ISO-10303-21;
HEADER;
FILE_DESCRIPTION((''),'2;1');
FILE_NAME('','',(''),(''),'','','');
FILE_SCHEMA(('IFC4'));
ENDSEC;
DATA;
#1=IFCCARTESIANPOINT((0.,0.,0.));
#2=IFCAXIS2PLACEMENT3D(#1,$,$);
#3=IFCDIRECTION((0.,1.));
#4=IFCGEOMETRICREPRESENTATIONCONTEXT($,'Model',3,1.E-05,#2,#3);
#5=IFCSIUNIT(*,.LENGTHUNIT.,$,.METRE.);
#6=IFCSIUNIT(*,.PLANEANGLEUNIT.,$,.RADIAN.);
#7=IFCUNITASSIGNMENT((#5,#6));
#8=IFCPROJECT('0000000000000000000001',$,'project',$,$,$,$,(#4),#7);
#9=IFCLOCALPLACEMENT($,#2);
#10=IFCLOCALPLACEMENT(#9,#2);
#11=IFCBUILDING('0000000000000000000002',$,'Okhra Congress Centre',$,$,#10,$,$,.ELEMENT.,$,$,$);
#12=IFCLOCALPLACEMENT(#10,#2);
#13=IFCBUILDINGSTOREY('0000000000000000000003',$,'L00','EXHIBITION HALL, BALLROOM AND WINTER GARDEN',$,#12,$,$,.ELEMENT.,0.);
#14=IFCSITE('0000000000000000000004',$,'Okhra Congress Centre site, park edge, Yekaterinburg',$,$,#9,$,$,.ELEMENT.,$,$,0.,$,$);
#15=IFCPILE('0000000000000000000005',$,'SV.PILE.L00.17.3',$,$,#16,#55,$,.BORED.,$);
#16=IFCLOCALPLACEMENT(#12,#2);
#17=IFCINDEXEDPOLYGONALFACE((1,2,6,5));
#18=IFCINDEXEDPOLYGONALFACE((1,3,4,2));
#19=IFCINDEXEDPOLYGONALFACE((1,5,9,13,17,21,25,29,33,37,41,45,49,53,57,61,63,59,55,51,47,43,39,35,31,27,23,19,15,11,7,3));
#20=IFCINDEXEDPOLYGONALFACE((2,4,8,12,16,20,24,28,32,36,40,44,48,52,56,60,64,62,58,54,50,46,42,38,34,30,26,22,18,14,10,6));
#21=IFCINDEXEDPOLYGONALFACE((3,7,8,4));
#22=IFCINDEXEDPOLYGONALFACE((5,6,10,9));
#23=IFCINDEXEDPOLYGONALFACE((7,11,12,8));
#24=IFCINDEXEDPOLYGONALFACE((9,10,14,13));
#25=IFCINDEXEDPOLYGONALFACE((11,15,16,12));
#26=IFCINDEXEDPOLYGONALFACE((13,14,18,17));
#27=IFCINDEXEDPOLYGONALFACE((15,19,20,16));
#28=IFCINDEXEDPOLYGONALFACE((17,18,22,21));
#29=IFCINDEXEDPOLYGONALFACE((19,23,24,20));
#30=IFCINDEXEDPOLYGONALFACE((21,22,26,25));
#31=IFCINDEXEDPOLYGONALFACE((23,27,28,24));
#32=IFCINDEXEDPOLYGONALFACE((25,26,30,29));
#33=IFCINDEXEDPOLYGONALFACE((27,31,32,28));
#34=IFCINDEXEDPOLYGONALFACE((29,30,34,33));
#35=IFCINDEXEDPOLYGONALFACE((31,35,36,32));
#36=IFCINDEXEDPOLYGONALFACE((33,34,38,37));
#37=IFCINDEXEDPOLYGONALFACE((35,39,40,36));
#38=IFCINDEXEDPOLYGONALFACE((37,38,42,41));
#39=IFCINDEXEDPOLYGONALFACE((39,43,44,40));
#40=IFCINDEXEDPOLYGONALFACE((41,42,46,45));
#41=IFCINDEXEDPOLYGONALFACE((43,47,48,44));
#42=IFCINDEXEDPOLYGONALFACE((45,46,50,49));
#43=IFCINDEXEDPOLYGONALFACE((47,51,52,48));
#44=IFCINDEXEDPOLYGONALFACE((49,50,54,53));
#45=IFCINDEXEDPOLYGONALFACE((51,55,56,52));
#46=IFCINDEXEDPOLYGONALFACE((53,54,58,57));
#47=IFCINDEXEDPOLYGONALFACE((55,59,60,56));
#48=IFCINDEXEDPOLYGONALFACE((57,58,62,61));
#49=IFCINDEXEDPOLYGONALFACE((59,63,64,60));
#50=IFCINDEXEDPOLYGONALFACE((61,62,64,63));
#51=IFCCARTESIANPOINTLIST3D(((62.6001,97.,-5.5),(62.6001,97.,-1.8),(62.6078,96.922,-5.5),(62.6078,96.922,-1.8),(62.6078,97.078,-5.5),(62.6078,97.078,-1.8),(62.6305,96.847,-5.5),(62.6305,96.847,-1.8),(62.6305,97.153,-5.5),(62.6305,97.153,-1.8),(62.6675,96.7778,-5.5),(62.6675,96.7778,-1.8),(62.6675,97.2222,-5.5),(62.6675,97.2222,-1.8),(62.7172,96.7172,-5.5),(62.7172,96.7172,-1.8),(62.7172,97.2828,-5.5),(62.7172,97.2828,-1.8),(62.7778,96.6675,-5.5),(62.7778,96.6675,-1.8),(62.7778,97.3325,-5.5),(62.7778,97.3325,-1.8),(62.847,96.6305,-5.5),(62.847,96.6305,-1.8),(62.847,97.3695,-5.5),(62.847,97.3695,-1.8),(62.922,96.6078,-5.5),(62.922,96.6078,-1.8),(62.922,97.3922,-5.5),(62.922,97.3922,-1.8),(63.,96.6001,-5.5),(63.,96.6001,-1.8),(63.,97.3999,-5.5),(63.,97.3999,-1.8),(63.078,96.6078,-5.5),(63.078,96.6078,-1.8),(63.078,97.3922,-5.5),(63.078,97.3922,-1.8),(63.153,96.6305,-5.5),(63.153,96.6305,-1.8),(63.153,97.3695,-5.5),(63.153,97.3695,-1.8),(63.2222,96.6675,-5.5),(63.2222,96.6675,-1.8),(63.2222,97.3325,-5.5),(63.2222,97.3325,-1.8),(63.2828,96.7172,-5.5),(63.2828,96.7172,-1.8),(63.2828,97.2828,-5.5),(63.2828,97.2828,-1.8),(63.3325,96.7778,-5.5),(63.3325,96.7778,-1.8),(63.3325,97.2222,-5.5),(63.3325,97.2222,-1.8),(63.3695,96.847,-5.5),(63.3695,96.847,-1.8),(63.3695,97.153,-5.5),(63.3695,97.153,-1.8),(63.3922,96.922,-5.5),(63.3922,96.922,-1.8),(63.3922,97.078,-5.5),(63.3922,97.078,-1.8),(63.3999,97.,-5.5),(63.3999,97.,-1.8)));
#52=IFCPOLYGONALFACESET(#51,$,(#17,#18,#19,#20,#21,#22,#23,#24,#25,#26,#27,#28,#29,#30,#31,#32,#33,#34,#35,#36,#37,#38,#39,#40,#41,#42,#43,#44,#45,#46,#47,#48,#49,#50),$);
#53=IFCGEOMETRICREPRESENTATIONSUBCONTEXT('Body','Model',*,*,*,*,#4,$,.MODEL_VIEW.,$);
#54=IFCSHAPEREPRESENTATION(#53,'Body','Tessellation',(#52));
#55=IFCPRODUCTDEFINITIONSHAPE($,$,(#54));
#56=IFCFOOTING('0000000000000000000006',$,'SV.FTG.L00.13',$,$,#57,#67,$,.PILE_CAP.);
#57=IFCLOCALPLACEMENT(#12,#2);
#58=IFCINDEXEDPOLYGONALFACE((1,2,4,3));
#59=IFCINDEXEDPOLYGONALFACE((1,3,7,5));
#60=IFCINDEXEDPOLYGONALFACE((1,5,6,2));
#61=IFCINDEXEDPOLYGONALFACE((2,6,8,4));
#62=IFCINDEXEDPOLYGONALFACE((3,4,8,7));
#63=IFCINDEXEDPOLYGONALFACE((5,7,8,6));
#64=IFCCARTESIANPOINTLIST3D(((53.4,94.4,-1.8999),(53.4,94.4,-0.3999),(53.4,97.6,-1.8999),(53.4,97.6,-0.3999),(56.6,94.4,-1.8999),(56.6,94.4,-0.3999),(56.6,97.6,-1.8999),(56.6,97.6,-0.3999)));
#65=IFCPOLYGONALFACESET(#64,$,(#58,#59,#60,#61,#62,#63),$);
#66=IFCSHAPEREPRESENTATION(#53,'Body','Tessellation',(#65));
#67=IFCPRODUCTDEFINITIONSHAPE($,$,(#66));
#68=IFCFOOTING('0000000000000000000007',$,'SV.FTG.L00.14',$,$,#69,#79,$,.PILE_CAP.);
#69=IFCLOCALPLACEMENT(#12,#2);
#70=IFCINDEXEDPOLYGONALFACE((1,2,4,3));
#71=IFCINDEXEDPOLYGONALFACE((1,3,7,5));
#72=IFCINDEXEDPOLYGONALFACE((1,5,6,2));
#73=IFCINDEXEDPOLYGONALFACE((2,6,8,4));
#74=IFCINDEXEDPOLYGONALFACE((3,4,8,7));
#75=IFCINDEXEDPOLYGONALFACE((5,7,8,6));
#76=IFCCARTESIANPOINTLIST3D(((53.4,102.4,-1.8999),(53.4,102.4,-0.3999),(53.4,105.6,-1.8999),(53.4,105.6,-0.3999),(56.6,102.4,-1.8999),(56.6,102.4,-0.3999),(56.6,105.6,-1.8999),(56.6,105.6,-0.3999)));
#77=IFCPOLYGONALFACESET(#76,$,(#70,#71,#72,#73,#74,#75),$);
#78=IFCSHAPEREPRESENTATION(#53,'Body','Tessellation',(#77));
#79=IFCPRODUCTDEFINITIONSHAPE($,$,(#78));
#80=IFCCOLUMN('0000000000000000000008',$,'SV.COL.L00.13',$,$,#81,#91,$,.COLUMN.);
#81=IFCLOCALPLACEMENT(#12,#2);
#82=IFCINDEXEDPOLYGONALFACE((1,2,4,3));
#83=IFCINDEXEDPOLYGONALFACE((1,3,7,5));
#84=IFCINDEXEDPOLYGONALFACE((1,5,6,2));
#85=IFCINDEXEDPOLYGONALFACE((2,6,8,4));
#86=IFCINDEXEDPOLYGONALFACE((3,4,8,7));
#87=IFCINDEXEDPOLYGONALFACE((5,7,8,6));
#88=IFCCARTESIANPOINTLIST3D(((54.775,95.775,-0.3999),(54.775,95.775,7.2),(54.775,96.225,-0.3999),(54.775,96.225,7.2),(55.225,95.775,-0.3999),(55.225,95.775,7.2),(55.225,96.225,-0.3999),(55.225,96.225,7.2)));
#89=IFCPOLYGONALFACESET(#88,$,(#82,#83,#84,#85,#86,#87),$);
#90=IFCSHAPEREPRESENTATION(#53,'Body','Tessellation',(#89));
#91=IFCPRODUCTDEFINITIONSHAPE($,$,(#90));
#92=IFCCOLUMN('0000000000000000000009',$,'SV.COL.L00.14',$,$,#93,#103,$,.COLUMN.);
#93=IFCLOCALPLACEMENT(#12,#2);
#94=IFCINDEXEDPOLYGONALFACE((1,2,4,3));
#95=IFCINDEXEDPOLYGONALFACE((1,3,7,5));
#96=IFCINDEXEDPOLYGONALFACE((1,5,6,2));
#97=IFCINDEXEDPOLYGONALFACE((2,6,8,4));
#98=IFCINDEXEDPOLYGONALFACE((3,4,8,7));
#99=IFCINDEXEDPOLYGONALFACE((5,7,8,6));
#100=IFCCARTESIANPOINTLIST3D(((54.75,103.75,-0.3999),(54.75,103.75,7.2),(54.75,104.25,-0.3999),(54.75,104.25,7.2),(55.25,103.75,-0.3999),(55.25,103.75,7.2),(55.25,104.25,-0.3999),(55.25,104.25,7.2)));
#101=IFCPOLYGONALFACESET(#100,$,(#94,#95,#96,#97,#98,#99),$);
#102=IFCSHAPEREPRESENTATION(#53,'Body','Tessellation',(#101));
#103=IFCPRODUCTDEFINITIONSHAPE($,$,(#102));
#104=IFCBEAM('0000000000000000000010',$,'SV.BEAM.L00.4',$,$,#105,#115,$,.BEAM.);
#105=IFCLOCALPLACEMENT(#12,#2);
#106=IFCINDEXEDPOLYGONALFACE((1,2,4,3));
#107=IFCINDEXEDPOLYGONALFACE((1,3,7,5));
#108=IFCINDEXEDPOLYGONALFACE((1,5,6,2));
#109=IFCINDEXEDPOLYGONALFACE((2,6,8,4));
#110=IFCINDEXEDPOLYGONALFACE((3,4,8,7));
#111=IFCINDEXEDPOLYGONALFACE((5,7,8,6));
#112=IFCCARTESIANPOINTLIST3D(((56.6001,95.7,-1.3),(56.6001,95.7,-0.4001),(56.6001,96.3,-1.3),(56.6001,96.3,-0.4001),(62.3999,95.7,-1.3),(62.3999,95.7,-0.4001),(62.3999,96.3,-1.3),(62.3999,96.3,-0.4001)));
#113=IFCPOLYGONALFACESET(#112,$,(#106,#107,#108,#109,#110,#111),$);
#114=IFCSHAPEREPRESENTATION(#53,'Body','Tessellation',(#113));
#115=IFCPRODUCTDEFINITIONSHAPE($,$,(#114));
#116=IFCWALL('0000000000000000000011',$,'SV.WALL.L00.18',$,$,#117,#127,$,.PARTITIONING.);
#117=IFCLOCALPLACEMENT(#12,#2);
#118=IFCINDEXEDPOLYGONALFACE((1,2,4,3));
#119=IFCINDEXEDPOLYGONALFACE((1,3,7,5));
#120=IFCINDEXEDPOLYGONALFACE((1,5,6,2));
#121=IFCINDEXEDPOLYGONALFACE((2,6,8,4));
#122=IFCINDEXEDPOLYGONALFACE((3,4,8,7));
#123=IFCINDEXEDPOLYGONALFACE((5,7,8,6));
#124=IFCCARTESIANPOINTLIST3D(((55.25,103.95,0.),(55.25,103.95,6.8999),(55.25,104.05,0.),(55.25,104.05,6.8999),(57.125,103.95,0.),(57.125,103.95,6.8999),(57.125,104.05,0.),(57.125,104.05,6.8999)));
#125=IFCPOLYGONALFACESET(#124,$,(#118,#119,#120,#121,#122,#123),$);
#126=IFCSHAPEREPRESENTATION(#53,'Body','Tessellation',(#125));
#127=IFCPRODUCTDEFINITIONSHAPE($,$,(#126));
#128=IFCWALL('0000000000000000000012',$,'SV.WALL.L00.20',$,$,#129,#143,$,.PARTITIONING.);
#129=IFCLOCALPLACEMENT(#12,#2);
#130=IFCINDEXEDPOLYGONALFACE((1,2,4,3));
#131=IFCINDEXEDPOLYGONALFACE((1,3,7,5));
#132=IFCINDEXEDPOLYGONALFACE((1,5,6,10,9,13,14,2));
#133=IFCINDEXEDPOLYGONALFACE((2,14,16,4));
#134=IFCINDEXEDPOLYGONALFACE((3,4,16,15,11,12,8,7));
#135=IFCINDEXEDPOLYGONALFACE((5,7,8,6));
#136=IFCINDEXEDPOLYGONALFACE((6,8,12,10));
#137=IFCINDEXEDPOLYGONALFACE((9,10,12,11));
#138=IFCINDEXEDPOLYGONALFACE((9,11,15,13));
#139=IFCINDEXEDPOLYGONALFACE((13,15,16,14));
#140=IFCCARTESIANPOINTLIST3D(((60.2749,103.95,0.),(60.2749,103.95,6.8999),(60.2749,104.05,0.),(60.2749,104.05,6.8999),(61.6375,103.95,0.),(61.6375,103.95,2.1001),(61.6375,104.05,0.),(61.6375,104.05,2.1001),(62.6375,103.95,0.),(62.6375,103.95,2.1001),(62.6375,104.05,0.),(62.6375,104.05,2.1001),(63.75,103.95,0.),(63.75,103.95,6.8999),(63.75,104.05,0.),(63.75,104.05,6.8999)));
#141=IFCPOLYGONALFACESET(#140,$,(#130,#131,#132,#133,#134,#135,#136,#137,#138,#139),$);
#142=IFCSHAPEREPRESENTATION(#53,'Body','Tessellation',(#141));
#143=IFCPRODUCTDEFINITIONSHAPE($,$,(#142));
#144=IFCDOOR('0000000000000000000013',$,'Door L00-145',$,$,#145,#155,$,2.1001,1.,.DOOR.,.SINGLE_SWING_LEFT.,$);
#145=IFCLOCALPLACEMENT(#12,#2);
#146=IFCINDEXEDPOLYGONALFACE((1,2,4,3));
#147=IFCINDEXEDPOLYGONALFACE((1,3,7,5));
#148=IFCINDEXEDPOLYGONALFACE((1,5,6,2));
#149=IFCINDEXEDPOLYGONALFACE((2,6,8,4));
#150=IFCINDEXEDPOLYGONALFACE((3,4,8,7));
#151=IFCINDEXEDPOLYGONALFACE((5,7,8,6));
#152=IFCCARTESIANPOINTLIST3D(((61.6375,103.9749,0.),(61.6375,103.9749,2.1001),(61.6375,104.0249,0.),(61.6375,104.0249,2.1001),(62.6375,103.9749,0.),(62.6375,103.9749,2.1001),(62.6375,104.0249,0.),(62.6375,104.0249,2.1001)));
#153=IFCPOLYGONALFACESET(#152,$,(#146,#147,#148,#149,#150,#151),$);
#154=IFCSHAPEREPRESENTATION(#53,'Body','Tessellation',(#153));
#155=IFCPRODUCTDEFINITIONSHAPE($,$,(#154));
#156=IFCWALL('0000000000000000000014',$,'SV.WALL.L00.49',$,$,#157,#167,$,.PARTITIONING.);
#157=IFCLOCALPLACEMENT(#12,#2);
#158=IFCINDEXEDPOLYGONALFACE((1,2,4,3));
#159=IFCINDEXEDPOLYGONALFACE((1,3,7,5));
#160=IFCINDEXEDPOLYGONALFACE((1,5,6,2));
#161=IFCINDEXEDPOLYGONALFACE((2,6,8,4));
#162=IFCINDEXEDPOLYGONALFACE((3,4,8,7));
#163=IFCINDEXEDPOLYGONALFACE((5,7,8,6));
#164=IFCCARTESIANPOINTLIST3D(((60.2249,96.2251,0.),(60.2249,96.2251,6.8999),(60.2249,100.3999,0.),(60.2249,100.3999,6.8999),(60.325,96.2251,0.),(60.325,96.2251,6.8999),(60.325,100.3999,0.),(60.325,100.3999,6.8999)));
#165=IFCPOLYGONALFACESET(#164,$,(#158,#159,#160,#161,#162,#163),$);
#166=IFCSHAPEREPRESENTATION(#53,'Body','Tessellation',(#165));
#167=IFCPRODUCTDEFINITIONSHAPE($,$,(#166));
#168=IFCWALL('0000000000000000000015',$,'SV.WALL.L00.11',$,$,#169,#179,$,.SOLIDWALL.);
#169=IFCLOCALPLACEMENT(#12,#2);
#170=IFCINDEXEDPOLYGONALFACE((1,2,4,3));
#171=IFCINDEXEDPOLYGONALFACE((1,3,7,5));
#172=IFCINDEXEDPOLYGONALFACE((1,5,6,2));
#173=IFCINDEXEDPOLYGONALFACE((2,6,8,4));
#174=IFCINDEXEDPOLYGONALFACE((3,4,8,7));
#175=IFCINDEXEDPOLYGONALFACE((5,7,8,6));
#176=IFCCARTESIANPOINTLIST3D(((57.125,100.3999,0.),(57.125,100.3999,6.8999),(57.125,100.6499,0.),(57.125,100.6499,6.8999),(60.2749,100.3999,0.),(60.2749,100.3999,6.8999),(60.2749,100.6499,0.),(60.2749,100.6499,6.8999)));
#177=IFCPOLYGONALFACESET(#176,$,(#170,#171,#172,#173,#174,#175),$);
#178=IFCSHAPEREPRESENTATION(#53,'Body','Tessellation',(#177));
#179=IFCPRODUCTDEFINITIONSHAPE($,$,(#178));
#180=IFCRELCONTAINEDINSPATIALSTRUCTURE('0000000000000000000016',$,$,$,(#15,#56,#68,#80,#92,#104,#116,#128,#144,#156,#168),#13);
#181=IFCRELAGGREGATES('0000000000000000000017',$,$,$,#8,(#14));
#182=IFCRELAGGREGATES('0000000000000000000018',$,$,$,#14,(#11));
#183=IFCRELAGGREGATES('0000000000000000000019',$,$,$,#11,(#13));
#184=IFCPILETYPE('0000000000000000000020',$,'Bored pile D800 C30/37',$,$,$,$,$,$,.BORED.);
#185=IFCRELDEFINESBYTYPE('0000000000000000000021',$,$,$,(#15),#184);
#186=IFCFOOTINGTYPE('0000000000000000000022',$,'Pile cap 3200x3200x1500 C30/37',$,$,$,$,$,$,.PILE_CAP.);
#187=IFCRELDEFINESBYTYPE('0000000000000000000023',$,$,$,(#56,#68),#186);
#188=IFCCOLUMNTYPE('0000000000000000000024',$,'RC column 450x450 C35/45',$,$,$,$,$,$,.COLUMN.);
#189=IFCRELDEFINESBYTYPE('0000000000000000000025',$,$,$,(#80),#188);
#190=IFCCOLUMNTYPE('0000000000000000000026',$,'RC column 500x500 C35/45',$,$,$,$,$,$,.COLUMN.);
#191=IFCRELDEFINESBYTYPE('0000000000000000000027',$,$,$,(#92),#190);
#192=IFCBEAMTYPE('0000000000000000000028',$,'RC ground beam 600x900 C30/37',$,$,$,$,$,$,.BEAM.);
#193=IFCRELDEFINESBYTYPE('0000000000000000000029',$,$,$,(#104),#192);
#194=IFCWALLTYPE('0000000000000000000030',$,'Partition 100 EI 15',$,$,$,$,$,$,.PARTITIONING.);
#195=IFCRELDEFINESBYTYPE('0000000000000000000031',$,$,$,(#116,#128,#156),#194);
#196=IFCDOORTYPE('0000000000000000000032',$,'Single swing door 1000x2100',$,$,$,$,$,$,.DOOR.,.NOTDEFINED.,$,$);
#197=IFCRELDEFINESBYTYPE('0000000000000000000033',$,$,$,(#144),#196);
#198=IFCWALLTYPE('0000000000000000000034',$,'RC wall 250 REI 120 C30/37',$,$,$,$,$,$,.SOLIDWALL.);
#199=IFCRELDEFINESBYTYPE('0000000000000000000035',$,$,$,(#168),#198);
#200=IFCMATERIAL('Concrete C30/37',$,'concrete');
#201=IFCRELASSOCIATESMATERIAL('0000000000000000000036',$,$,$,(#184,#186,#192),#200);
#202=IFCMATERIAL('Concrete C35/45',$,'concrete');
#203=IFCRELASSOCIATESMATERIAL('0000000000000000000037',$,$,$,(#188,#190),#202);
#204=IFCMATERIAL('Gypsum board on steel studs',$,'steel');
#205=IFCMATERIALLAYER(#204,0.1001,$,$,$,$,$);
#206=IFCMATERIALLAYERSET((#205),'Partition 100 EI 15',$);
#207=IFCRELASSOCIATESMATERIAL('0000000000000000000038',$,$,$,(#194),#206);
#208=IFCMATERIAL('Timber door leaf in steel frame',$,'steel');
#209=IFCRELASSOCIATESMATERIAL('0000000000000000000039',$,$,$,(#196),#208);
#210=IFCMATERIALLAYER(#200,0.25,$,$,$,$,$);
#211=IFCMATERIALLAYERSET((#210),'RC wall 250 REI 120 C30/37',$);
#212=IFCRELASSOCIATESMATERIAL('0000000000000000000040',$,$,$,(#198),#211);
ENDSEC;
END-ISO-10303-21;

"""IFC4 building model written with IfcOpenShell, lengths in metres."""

from ifc_helpers import new_model, si_unit, direction, frame, frame_2d, origin, origin_2d, place, context, subcontext, project, spatial, rectangle, circle, extrude, material, layer, layer_set, material_profile, profile_set, type_object, element, fill, save


model = new_model("IFC4")

# Units and contexts
model_context = context("Model", 3, precision=1e-05, world=origin(), true_north=direction((0.0, 1.0)))
body_context = subcontext(model_context, "Body", "Model", "MODEL_VIEW")
ifc_project = project(units=[si_unit("LENGTHUNIT", "METRE"), si_unit("PLANEANGLEUNIT", "RADIAN")], contexts=[model_context])

# Site, building, storey
site_placement = place(None, origin())
site = spatial("IfcSite", under=ifc_project, at=site_placement, Name="Okhra Congress Centre site, park edge, Yekaterinburg", CompositionType="ELEMENT", RefElevation=0.0)
building_placement = place(site_placement, origin())
building = spatial("IfcBuilding", under=site, at=building_placement, Name="Okhra Congress Centre", CompositionType="ELEMENT")
storey_placement = place(building_placement, origin())
storey = spatial("IfcBuildingStorey", under=building, at=storey_placement, Name="L00", Description="EXHIBITION HALL, BALLROOM AND WINTER GARDEN", CompositionType="ELEMENT", Elevation=0.0)

# Pile
ifc_material_1 = material(Name="Concrete C30/37", Category="concrete")
ifc_material_profile_1 = material_profile(ifc_material_1, circle(Radius=0.3999, at=origin_2d()), Name="D800")
ifc_profile_set_1 = profile_set([ifc_material_profile_1], Name="Concrete C30/37")
pile_type = type_object("IfcPileType", Name="Bored pile D800 C30/37", PredefinedType="BORED", material=ifc_profile_set_1)
for number, where, z_axis, x_axis, name in (
    (1, (63.0, 97.0, -1.8), (0.0, 0.0, -1.0), (1.0, 0.0, 0.0), "SV.PILE.L00.17.3"),
):
    element("IfcPile", number, at=place(storey_placement, frame(where, z_axis=z_axis, x_axis=x_axis)), inside=storey, type_object=pile_type, Name=name, PredefinedType="BORED", context=body_context, shape_type="SweptSolid", body=[
        extrude(circle(Radius=0.3999, at=origin_2d()), origin(), (0.0, 0.0, 1.0), 3.7),
    ])

# Footings
footing_type = type_object("IfcFootingType", Name="Pile cap 3200x3200x1500 C30/37", PredefinedType="PILE_CAP", material=ifc_material_1)
for number, where, z_axis, x_axis, name in (
    (2, (55.0, 96.0, -1.8999), (0.0, 0.0, 1.0), (1.0, 0.0, 0.0), "SV.FTG.L00.13"),
    (3, (55.0, 104.0, -1.8999), (0.0, 0.0, 1.0), (1.0, 0.0, 0.0), "SV.FTG.L00.14"),
):
    element("IfcFooting", number, at=place(storey_placement, frame(where, z_axis=z_axis, x_axis=x_axis)), inside=storey, type_object=footing_type, Name=name, PredefinedType="PILE_CAP", context=body_context, shape_type="SweptSolid", body=[
        extrude(rectangle(XDim=3.2, YDim=3.2, at=origin_2d()), origin(), (0.0, 0.0, 1.0), 1.5),
    ])

# Columns
ifc_material_2 = material(Name="Concrete C35/45", Category="concrete")
ifc_material_profile_2 = material_profile(ifc_material_2, rectangle(XDim=0.45, YDim=0.45, at=origin_2d()), Name="RC 450x450")
ifc_profile_set_2 = profile_set([ifc_material_profile_2], Name="Concrete C35/45")
column_type_1 = type_object("IfcColumnType", Name="RC column 450x450 C35/45", PredefinedType="COLUMN", material=ifc_profile_set_2)
column_1_placement = place(storey_placement, frame((55.0, 96.0, -0.3999), z_axis=(0.0, 0.0, 1.0), x_axis=(1.0, 0.0, 0.0)))
element("IfcColumn", 4, at=column_1_placement, inside=storey, type_object=column_type_1, Name="SV.COL.L00.13", PredefinedType="COLUMN", context=body_context, shape_type="SweptSolid", body=[
    extrude(rectangle(XDim=0.45, YDim=0.45, at=origin_2d()), origin(), (0.0, 0.0, 1.0), 7.5999),
])
ifc_material_profile_3 = material_profile(ifc_material_2, rectangle(XDim=0.5, YDim=0.5, at=origin_2d()), Name="RC 500x500")
ifc_profile_set_3 = profile_set([ifc_material_profile_3], Name="Concrete C35/45")
column_type_2 = type_object("IfcColumnType", Name="RC column 500x500 C35/45", PredefinedType="COLUMN", material=ifc_profile_set_3)
column_2_placement = place(storey_placement, frame((55.0, 104.0, -0.3999), z_axis=(0.0, 0.0, 1.0), x_axis=(1.0, 0.0, 0.0)))
element("IfcColumn", 5, at=column_2_placement, inside=storey, type_object=column_type_2, Name="SV.COL.L00.14", PredefinedType="COLUMN", context=body_context, shape_type="SweptSolid", body=[
    extrude(rectangle(XDim=0.5, YDim=0.5, at=origin_2d()), origin(), (0.0, 0.0, 1.0), 7.5999),
])

# Beam
ifc_material_profile_4 = material_profile(ifc_material_1, rectangle(XDim=0.6001, YDim=0.8999, at=origin_2d()), Name="RC 600x900")
ifc_profile_set_4 = profile_set([ifc_material_profile_4], Name="Concrete C30/37")
beam_type = type_object("IfcBeamType", Name="RC ground beam 600x900 C30/37", PredefinedType="BEAM", material=ifc_profile_set_4)
beam_placement = place(storey_placement, frame((56.6001, 96.0, -0.8501), z_axis=(1.0, 0.0, 0.0), x_axis=(0.0, 1.0, 0.0)))
element("IfcBeam", 6, at=beam_placement, inside=storey, type_object=beam_type, Name="SV.BEAM.L00.4", PredefinedType="BEAM", context=body_context, shape_type="SweptSolid", body=[
    extrude(rectangle(XDim=0.6001, YDim=0.8999, at=origin_2d()), origin(), (0.0, 0.0, 1.0), 5.7998),
])

# Wall
ifc_material_3 = material(Name="Gypsum board on steel studs", Category="steel")
ifc_layer_1 = layer(ifc_material_3, 0.1001)
ifc_layer_set_1 = layer_set([ifc_layer_1], Name="Partition 100 EI 15")
wall_type_1 = type_object("IfcWallType", Name="Partition 100 EI 15", PredefinedType="PARTITIONING", material=ifc_layer_set_1)
wall_1_placement = place(storey_placement, frame((55.25, 104.0, 0.0), z_axis=(0.0, 0.0, 1.0), x_axis=(1.0, 0.0, 0.0)))
element("IfcWall", 7, at=wall_1_placement, inside=storey, type_object=wall_type_1, Name="SV.WALL.L00.18", PredefinedType="PARTITIONING", context=body_context, shape_type="SweptSolid", body=[
    extrude(rectangle(XDim=1.875, YDim=0.1001, at=frame_2d((0.9375, 0.0))), origin(), (0.0, 0.0, 1.0), 6.8999),
])

# Wall, opening, door
wall_2_placement = place(storey_placement, frame((60.2749, 104.0, 0.0), z_axis=(0.0, 0.0, 1.0), x_axis=(1.0, 0.0, 0.0)))
wall_2 = element("IfcWall", 8, at=wall_2_placement, inside=storey, type_object=wall_type_1, Name="SV.WALL.L00.20", PredefinedType="PARTITIONING", context=body_context, shape_type="SweptSolid", body=[
    extrude(rectangle(XDim=3.4751, YDim=0.1001, at=frame_2d((1.7375, 0.0))), origin(), (0.0, 0.0, 1.0), 6.8999),
])
opening_1_placement = place(wall_2_placement, frame((1.3625, 0.0, 0.0)))
opening_1 = element("IfcOpeningElement", 9, at=opening_1_placement, cuts=wall_2, PredefinedType="OPENING", context=body_context, shape_type="SweptSolid", body=[
    extrude(rectangle(XDim=1.0, YDim=2.1001, at=frame_2d((0.5, 1.05))), frame((0.0, 0.0601, 0.0), z_axis=(0.0, -1.0, 0.0), x_axis=(1.0, 0.0, 0.0)), (0.0, 0.0, 1.0), 0.1201),
])
ifc_material_4 = material(Name="Timber door leaf in steel frame", Category="steel")
door_type_1 = type_object("IfcDoorType", Name="Single swing door 1000x2100", OperationType="NOTDEFINED", PredefinedType="DOOR", material=ifc_material_4)
door_1_placement = place(opening_1_placement, origin())
door_1 = element("IfcDoor", 10, at=door_1_placement, inside=storey, type_object=door_type_1, Name="Door L00-145", OperationType="SINGLE_SWING_LEFT", OverallHeight=2.1001, OverallWidth=1.0, PredefinedType="DOOR", context=body_context, shape_type="SweptSolid", body=[
    extrude(rectangle(XDim=1.0, YDim=2.1001, at=frame_2d((0.5, 1.05))), frame((0.0, 0.0249, 0.0), z_axis=(0.0, -1.0, 0.0), x_axis=(1.0, 0.0, 0.0)), (0.0, 0.0, 1.0), 0.05),
])
fill(opening_1, door_1)

# Walls
wall_3_placement = place(storey_placement, frame((60.2749, 96.2251, 0.0), z_axis=(0.0, 0.0, 1.0), x_axis=(0.0, 1.0, 0.0)))
element("IfcWall", 11, at=wall_3_placement, inside=storey, type_object=wall_type_1, Name="SV.WALL.L00.49", PredefinedType="PARTITIONING", context=body_context, shape_type="SweptSolid", body=[
    extrude(rectangle(XDim=4.1748, YDim=0.1001, at=frame_2d((2.0874, 0.0))), origin(), (0.0, 0.0, 1.0), 6.8999),
])
ifc_layer_2 = layer(ifc_material_1, 0.25)
ifc_layer_set_2 = layer_set([ifc_layer_2], Name="RC wall 250 REI 120 C30/37")
wall_type_2 = type_object("IfcWallType", Name="RC wall 250 REI 120 C30/37", PredefinedType="SOLIDWALL", material=ifc_layer_set_2)
wall_4_placement = place(storey_placement, frame((57.125, 100.5249, 0.0), z_axis=(0.0, 0.0, 1.0), x_axis=(1.0, 0.0, 0.0)))
element("IfcWall", 12, at=wall_4_placement, inside=storey, type_object=wall_type_2, Name="SV.WALL.L00.11", PredefinedType="SOLIDWALL", context=body_context, shape_type="SweptSolid", body=[
    extrude(rectangle(XDim=3.1499, YDim=0.25, at=frame_2d((1.575, 0.0))), origin(), (0.0, 0.0, 1.0), 6.8999),
])

save(model, "model.ifc")
